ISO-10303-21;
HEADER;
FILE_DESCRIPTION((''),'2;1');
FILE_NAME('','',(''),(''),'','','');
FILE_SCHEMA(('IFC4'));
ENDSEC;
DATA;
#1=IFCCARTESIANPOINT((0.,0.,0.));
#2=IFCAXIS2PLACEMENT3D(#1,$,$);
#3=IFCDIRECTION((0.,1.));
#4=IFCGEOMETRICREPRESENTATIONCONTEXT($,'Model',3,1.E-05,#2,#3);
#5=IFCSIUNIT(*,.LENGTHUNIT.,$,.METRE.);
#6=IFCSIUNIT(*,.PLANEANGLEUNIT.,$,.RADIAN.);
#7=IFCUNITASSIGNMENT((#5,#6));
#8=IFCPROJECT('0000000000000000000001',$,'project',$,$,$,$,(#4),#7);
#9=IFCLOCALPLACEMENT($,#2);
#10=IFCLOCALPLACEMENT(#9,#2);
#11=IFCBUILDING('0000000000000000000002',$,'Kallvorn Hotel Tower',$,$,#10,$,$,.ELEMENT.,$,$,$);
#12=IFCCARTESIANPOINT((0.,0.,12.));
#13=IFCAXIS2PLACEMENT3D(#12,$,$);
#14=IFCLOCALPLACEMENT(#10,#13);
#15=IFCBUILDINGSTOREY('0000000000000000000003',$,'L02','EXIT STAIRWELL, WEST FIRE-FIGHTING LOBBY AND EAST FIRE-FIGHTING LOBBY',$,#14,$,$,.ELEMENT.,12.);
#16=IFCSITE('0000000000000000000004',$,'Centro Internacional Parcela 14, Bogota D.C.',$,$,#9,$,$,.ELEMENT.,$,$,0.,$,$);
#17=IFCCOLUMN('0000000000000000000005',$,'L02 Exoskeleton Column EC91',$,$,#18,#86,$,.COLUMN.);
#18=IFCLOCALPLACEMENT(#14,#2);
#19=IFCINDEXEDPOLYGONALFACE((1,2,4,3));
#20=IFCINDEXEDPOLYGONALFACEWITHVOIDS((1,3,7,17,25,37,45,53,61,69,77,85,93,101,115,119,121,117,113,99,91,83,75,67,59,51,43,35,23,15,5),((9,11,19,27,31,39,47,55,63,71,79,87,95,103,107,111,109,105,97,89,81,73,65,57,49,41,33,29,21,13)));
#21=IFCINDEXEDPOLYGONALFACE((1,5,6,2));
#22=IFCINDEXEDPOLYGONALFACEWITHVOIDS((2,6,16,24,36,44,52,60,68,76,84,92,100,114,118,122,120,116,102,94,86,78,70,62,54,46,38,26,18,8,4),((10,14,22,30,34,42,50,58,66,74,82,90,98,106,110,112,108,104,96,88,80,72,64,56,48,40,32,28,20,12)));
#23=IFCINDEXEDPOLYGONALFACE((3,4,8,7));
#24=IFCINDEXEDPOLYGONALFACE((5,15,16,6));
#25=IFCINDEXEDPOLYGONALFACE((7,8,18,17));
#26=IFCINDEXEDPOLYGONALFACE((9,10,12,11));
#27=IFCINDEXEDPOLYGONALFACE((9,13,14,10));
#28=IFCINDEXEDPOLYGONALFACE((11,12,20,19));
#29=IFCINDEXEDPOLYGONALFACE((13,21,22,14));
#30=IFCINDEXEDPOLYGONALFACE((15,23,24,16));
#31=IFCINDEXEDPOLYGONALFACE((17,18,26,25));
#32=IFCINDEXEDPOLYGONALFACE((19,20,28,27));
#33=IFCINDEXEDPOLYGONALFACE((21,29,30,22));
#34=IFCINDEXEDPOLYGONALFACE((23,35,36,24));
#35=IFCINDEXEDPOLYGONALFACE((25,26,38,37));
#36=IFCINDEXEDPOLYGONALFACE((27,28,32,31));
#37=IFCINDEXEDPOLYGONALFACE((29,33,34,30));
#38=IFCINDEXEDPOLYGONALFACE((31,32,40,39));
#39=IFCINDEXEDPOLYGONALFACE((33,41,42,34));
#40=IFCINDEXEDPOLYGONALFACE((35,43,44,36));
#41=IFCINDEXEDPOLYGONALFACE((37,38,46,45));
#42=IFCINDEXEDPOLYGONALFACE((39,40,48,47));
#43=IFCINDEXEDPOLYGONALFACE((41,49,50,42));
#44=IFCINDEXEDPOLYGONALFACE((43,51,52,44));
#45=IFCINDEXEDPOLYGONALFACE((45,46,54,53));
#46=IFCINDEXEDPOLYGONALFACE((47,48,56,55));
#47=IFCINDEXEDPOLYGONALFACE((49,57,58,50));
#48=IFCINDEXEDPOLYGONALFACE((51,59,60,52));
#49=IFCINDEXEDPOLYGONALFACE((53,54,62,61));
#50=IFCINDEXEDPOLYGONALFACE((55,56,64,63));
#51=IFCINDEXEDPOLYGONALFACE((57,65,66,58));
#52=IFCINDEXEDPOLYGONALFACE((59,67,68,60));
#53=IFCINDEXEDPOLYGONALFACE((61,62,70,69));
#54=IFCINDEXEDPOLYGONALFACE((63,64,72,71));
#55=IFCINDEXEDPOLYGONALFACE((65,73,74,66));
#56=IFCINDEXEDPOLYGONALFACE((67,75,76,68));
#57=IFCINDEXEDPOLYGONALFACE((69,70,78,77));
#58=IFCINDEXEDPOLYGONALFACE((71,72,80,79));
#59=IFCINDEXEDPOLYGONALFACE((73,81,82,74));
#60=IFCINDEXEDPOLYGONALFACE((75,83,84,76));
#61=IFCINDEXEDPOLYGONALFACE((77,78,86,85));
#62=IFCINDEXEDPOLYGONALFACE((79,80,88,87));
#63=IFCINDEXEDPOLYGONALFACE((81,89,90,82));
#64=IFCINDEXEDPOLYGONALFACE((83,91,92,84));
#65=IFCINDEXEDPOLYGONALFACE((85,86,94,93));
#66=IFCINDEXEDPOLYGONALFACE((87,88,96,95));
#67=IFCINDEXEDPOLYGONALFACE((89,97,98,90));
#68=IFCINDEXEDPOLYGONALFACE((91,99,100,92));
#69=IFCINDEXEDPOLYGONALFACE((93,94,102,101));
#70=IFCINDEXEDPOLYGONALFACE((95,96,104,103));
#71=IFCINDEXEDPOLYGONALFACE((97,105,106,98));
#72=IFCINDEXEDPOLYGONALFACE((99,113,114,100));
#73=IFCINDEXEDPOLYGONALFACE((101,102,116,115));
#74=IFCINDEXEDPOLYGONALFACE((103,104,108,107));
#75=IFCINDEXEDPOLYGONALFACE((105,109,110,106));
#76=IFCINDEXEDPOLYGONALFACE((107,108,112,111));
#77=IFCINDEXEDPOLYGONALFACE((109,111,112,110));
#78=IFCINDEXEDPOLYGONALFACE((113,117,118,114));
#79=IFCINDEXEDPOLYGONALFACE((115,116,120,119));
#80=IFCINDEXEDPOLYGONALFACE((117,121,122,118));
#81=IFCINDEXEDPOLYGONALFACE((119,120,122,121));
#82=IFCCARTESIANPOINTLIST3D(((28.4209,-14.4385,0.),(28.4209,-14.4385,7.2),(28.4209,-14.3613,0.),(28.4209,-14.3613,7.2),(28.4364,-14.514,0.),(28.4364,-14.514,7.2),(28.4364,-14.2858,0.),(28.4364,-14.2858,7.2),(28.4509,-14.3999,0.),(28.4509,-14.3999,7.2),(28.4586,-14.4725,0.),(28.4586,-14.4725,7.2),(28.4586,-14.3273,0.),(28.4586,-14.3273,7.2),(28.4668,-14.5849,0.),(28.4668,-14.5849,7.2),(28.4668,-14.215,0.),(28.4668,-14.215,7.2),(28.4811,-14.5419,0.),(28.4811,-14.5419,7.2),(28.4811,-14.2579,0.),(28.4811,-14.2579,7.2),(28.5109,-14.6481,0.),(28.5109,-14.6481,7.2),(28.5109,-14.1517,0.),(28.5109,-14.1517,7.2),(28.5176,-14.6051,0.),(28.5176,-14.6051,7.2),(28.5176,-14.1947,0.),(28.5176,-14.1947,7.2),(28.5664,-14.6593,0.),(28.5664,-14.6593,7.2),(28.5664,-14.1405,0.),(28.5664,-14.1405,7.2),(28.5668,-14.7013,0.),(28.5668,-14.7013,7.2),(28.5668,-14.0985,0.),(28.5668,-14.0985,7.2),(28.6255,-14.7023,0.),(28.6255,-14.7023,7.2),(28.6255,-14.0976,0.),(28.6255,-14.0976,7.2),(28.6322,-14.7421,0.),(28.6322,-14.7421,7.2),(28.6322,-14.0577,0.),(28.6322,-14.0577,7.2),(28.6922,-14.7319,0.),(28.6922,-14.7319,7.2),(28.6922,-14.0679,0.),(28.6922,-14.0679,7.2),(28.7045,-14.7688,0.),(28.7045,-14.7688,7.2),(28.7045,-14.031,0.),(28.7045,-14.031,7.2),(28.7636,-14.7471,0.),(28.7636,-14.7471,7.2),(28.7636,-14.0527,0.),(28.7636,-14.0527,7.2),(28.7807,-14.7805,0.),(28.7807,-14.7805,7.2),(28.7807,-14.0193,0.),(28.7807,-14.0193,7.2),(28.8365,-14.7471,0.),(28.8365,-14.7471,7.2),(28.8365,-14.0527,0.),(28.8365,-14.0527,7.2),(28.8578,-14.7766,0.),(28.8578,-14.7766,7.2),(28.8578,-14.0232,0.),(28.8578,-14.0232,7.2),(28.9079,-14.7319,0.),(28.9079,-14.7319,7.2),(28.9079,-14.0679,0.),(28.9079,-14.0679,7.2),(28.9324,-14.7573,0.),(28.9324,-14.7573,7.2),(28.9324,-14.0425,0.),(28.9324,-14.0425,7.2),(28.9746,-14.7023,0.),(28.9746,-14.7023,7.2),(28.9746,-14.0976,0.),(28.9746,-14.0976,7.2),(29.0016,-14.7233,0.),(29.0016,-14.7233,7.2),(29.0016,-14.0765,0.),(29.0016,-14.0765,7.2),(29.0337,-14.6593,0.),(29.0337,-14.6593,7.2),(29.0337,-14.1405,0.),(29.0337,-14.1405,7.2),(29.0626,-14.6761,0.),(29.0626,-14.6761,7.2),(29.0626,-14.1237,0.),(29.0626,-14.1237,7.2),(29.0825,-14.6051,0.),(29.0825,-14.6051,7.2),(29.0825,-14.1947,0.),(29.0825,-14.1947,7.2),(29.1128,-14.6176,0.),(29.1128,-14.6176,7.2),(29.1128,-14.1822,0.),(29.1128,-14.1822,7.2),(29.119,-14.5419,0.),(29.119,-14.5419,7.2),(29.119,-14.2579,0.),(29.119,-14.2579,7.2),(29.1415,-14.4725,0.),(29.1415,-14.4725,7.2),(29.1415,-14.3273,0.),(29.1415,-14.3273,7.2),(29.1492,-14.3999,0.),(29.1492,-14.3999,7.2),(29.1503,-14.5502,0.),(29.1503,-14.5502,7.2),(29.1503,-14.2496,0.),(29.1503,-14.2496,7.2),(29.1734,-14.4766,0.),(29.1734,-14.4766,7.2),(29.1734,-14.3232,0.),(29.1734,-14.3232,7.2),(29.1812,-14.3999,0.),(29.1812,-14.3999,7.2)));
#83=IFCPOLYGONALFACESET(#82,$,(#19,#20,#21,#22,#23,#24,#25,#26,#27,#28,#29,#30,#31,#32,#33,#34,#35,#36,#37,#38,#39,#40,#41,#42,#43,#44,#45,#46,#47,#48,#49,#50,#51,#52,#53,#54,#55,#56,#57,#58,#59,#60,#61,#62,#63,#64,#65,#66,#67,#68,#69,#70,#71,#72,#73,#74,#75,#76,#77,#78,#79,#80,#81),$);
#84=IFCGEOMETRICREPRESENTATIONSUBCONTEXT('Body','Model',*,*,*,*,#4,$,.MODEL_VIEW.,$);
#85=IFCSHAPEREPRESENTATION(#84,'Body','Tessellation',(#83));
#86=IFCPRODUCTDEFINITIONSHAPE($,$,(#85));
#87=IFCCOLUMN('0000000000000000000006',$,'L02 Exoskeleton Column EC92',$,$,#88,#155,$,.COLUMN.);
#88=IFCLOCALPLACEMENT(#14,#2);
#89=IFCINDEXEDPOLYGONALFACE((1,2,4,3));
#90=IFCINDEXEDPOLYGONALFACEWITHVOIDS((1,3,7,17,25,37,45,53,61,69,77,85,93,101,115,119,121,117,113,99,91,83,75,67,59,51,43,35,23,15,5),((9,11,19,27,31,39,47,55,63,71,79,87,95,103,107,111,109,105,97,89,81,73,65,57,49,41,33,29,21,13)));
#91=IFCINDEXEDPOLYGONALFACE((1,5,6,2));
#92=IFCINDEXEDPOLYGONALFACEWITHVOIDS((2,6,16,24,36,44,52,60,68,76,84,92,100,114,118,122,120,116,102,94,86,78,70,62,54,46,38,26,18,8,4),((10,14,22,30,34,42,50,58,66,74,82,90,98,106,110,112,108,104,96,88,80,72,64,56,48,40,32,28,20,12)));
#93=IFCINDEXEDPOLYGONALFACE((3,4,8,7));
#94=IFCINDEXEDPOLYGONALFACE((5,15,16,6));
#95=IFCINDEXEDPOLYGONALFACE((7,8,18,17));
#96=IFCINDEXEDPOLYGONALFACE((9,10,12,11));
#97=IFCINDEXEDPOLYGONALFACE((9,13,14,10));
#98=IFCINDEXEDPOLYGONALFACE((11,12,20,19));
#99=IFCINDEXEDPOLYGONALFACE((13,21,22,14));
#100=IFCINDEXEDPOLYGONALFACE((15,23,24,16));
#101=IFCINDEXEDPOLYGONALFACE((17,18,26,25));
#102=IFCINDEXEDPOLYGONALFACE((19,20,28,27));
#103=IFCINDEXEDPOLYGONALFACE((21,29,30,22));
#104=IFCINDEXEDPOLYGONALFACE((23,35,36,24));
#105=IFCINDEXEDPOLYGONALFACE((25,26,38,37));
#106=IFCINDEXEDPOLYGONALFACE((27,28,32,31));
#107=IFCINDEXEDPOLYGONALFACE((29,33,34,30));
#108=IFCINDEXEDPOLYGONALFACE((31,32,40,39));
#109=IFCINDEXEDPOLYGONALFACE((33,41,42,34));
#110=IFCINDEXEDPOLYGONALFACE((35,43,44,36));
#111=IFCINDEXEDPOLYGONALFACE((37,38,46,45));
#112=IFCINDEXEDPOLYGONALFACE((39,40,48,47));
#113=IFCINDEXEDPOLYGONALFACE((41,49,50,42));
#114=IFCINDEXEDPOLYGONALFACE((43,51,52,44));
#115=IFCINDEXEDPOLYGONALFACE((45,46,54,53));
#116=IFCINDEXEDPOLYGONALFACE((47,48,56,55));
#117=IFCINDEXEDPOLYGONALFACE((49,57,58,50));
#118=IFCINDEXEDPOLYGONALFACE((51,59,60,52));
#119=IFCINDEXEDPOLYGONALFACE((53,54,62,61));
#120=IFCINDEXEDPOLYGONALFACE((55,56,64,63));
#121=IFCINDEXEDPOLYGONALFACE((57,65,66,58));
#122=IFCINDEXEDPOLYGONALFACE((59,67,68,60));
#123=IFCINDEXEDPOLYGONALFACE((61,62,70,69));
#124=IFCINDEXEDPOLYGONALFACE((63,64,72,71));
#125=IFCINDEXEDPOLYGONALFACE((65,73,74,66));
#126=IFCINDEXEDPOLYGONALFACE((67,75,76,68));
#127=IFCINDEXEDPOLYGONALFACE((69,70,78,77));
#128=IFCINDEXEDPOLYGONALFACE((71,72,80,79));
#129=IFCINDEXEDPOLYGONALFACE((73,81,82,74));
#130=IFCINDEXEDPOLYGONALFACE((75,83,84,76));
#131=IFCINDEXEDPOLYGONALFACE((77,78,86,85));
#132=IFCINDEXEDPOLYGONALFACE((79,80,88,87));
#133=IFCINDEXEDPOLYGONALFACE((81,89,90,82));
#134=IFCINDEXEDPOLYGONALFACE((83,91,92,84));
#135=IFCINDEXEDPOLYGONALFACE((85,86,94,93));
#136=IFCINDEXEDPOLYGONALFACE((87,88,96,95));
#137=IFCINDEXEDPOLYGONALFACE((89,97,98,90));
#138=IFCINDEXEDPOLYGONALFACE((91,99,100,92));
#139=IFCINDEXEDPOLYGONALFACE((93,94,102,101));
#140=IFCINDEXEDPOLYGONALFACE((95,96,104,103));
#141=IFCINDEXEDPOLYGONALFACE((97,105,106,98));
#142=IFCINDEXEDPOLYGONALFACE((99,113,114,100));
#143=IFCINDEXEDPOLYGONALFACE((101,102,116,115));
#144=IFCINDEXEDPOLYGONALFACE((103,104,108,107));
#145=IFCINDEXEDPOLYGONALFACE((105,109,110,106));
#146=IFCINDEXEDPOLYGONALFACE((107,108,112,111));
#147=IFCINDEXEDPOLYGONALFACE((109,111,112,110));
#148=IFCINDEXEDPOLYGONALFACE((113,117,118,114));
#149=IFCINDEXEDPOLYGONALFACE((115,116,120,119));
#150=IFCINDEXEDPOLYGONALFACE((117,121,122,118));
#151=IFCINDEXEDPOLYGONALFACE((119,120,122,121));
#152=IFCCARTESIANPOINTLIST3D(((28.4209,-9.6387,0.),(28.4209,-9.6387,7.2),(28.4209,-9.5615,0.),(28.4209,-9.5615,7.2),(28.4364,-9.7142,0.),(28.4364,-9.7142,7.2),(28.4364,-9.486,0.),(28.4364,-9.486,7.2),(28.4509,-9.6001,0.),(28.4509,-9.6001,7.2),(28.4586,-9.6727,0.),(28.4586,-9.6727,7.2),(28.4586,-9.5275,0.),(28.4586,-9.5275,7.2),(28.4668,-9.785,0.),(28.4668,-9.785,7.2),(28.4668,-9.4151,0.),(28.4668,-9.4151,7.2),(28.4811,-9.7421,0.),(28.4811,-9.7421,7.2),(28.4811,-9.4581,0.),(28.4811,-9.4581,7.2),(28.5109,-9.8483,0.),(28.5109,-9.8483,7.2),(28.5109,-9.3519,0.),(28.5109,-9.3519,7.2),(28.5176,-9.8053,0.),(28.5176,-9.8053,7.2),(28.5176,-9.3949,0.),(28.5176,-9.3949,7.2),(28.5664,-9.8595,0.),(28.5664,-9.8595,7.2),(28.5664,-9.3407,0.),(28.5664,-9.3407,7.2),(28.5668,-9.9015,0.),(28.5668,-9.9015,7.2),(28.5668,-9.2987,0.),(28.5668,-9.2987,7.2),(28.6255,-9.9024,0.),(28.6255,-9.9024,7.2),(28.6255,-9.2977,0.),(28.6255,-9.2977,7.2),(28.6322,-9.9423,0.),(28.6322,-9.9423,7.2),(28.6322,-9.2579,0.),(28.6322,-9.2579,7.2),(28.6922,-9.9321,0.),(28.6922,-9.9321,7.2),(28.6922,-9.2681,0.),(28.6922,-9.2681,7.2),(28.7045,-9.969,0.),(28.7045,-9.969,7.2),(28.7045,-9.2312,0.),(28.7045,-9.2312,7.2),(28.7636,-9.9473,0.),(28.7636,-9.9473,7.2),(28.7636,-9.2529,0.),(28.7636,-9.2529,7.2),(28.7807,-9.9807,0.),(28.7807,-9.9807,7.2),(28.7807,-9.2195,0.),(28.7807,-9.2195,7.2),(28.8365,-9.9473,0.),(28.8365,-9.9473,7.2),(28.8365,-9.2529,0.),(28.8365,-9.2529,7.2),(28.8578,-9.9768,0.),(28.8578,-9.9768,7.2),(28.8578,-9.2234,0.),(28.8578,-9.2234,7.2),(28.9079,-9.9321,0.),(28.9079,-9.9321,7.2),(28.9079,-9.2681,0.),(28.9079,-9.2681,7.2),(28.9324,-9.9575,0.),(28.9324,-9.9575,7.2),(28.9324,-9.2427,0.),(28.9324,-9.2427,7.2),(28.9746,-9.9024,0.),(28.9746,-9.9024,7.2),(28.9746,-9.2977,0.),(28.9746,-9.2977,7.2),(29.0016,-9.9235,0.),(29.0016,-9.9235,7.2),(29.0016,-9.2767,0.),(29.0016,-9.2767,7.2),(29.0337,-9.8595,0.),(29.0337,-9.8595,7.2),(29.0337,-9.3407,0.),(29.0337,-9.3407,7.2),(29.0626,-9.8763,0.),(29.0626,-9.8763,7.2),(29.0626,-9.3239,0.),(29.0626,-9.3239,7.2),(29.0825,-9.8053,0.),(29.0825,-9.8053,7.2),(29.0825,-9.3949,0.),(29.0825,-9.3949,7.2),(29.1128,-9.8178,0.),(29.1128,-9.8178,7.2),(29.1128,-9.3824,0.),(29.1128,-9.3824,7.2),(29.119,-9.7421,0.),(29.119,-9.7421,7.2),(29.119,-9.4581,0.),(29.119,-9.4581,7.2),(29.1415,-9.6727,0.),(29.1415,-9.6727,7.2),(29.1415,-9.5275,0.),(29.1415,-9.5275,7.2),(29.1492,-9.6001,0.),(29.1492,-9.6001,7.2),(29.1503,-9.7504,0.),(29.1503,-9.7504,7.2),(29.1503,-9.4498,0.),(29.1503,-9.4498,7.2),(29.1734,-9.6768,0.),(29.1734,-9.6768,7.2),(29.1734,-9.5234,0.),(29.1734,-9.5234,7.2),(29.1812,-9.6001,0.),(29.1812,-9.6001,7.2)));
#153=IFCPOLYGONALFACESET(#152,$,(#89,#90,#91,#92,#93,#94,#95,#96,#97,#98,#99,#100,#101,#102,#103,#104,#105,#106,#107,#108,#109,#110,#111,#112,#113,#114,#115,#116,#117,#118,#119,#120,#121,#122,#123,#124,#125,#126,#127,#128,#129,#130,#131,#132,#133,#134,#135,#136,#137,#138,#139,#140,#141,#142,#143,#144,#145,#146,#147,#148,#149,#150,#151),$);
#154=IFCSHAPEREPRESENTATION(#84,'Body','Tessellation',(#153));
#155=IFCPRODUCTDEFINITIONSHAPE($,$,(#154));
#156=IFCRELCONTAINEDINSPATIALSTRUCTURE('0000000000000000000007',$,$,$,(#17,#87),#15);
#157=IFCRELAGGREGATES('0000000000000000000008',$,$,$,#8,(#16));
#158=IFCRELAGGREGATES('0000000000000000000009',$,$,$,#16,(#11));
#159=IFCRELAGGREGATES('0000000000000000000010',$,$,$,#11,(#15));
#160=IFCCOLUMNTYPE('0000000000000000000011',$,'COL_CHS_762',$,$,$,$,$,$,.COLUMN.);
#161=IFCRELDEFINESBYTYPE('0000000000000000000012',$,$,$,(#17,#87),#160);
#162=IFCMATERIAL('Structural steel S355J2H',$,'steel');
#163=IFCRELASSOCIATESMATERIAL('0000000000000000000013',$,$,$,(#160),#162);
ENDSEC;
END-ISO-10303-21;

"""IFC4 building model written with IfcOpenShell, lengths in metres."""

from ifc_helpers import new_model, si_unit, direction, frame, origin, origin_2d, place, context, subcontext, project, spatial, hollow_circle, extrude, material, material_profile, profile_set, type_object, element, save


model = new_model("IFC4")

# Units and contexts
model_context = context("Model", 3, precision=1e-05, world=origin(), true_north=direction((0.0, 1.0)))
body_context = subcontext(model_context, "Body", "Model", "MODEL_VIEW")
ifc_project = project(units=[si_unit("LENGTHUNIT", "METRE"), si_unit("PLANEANGLEUNIT", "RADIAN")], contexts=[model_context])

# Site, building, storey
site_placement = place(None, origin())
site = spatial("IfcSite", under=ifc_project, at=site_placement, Name="Centro Internacional Parcela 14, Bogota D.C.", CompositionType="ELEMENT", RefElevation=0.0)
building_placement = place(site_placement, origin())
building = spatial("IfcBuilding", under=site, at=building_placement, Name="Kallvorn Hotel Tower", CompositionType="ELEMENT")
storey_placement = place(building_placement, frame((0.0, 0.0, 12.0)))
storey = spatial("IfcBuildingStorey", under=building, at=storey_placement, Name="L02", Description="EXIT STAIRWELL, WEST FIRE-FIGHTING LOBBY AND EAST FIRE-FIGHTING LOBBY", CompositionType="ELEMENT", Elevation=12.0)

# Columns
ifc_material_1 = material(Name="Structural steel S355J2H", Category="steel")
ifc_material_profile_1 = material_profile(ifc_material_1, hollow_circle(Radius=0.3811, WallThickness=0.032, at=origin_2d()), Name="CHS 762x32")
ifc_profile_set_1 = profile_set([ifc_material_profile_1], Name="Structural steel S355J2H")
column_type = type_object("IfcColumnType", Name="COL_CHS_762", PredefinedType="COLUMN", material=ifc_profile_set_1)
for number, where, z_axis, x_axis, name in (
    (1, (28.8, -14.3999, 0.0), (0.0, 0.0, 1.0), (1.0, 0.0, 0.0), "L02 Exoskeleton Column EC91"),
    (2, (28.8, -9.6001, 0.0), (0.0, 0.0, 1.0), (1.0, 0.0, 0.0), "L02 Exoskeleton Column EC92"),
):
    element("IfcColumn", number, at=place(storey_placement, frame(where, z_axis=z_axis, x_axis=x_axis)), inside=storey, type_object=column_type, Name=name, PredefinedType="COLUMN", context=body_context, shape_type="SweptSolid", body=[
        extrude(hollow_circle(Radius=0.3811, WallThickness=0.032, at=origin_2d()), origin(), (0.0, 0.0, 1.0), 7.2),
    ])

save(model, "model.ifc")
